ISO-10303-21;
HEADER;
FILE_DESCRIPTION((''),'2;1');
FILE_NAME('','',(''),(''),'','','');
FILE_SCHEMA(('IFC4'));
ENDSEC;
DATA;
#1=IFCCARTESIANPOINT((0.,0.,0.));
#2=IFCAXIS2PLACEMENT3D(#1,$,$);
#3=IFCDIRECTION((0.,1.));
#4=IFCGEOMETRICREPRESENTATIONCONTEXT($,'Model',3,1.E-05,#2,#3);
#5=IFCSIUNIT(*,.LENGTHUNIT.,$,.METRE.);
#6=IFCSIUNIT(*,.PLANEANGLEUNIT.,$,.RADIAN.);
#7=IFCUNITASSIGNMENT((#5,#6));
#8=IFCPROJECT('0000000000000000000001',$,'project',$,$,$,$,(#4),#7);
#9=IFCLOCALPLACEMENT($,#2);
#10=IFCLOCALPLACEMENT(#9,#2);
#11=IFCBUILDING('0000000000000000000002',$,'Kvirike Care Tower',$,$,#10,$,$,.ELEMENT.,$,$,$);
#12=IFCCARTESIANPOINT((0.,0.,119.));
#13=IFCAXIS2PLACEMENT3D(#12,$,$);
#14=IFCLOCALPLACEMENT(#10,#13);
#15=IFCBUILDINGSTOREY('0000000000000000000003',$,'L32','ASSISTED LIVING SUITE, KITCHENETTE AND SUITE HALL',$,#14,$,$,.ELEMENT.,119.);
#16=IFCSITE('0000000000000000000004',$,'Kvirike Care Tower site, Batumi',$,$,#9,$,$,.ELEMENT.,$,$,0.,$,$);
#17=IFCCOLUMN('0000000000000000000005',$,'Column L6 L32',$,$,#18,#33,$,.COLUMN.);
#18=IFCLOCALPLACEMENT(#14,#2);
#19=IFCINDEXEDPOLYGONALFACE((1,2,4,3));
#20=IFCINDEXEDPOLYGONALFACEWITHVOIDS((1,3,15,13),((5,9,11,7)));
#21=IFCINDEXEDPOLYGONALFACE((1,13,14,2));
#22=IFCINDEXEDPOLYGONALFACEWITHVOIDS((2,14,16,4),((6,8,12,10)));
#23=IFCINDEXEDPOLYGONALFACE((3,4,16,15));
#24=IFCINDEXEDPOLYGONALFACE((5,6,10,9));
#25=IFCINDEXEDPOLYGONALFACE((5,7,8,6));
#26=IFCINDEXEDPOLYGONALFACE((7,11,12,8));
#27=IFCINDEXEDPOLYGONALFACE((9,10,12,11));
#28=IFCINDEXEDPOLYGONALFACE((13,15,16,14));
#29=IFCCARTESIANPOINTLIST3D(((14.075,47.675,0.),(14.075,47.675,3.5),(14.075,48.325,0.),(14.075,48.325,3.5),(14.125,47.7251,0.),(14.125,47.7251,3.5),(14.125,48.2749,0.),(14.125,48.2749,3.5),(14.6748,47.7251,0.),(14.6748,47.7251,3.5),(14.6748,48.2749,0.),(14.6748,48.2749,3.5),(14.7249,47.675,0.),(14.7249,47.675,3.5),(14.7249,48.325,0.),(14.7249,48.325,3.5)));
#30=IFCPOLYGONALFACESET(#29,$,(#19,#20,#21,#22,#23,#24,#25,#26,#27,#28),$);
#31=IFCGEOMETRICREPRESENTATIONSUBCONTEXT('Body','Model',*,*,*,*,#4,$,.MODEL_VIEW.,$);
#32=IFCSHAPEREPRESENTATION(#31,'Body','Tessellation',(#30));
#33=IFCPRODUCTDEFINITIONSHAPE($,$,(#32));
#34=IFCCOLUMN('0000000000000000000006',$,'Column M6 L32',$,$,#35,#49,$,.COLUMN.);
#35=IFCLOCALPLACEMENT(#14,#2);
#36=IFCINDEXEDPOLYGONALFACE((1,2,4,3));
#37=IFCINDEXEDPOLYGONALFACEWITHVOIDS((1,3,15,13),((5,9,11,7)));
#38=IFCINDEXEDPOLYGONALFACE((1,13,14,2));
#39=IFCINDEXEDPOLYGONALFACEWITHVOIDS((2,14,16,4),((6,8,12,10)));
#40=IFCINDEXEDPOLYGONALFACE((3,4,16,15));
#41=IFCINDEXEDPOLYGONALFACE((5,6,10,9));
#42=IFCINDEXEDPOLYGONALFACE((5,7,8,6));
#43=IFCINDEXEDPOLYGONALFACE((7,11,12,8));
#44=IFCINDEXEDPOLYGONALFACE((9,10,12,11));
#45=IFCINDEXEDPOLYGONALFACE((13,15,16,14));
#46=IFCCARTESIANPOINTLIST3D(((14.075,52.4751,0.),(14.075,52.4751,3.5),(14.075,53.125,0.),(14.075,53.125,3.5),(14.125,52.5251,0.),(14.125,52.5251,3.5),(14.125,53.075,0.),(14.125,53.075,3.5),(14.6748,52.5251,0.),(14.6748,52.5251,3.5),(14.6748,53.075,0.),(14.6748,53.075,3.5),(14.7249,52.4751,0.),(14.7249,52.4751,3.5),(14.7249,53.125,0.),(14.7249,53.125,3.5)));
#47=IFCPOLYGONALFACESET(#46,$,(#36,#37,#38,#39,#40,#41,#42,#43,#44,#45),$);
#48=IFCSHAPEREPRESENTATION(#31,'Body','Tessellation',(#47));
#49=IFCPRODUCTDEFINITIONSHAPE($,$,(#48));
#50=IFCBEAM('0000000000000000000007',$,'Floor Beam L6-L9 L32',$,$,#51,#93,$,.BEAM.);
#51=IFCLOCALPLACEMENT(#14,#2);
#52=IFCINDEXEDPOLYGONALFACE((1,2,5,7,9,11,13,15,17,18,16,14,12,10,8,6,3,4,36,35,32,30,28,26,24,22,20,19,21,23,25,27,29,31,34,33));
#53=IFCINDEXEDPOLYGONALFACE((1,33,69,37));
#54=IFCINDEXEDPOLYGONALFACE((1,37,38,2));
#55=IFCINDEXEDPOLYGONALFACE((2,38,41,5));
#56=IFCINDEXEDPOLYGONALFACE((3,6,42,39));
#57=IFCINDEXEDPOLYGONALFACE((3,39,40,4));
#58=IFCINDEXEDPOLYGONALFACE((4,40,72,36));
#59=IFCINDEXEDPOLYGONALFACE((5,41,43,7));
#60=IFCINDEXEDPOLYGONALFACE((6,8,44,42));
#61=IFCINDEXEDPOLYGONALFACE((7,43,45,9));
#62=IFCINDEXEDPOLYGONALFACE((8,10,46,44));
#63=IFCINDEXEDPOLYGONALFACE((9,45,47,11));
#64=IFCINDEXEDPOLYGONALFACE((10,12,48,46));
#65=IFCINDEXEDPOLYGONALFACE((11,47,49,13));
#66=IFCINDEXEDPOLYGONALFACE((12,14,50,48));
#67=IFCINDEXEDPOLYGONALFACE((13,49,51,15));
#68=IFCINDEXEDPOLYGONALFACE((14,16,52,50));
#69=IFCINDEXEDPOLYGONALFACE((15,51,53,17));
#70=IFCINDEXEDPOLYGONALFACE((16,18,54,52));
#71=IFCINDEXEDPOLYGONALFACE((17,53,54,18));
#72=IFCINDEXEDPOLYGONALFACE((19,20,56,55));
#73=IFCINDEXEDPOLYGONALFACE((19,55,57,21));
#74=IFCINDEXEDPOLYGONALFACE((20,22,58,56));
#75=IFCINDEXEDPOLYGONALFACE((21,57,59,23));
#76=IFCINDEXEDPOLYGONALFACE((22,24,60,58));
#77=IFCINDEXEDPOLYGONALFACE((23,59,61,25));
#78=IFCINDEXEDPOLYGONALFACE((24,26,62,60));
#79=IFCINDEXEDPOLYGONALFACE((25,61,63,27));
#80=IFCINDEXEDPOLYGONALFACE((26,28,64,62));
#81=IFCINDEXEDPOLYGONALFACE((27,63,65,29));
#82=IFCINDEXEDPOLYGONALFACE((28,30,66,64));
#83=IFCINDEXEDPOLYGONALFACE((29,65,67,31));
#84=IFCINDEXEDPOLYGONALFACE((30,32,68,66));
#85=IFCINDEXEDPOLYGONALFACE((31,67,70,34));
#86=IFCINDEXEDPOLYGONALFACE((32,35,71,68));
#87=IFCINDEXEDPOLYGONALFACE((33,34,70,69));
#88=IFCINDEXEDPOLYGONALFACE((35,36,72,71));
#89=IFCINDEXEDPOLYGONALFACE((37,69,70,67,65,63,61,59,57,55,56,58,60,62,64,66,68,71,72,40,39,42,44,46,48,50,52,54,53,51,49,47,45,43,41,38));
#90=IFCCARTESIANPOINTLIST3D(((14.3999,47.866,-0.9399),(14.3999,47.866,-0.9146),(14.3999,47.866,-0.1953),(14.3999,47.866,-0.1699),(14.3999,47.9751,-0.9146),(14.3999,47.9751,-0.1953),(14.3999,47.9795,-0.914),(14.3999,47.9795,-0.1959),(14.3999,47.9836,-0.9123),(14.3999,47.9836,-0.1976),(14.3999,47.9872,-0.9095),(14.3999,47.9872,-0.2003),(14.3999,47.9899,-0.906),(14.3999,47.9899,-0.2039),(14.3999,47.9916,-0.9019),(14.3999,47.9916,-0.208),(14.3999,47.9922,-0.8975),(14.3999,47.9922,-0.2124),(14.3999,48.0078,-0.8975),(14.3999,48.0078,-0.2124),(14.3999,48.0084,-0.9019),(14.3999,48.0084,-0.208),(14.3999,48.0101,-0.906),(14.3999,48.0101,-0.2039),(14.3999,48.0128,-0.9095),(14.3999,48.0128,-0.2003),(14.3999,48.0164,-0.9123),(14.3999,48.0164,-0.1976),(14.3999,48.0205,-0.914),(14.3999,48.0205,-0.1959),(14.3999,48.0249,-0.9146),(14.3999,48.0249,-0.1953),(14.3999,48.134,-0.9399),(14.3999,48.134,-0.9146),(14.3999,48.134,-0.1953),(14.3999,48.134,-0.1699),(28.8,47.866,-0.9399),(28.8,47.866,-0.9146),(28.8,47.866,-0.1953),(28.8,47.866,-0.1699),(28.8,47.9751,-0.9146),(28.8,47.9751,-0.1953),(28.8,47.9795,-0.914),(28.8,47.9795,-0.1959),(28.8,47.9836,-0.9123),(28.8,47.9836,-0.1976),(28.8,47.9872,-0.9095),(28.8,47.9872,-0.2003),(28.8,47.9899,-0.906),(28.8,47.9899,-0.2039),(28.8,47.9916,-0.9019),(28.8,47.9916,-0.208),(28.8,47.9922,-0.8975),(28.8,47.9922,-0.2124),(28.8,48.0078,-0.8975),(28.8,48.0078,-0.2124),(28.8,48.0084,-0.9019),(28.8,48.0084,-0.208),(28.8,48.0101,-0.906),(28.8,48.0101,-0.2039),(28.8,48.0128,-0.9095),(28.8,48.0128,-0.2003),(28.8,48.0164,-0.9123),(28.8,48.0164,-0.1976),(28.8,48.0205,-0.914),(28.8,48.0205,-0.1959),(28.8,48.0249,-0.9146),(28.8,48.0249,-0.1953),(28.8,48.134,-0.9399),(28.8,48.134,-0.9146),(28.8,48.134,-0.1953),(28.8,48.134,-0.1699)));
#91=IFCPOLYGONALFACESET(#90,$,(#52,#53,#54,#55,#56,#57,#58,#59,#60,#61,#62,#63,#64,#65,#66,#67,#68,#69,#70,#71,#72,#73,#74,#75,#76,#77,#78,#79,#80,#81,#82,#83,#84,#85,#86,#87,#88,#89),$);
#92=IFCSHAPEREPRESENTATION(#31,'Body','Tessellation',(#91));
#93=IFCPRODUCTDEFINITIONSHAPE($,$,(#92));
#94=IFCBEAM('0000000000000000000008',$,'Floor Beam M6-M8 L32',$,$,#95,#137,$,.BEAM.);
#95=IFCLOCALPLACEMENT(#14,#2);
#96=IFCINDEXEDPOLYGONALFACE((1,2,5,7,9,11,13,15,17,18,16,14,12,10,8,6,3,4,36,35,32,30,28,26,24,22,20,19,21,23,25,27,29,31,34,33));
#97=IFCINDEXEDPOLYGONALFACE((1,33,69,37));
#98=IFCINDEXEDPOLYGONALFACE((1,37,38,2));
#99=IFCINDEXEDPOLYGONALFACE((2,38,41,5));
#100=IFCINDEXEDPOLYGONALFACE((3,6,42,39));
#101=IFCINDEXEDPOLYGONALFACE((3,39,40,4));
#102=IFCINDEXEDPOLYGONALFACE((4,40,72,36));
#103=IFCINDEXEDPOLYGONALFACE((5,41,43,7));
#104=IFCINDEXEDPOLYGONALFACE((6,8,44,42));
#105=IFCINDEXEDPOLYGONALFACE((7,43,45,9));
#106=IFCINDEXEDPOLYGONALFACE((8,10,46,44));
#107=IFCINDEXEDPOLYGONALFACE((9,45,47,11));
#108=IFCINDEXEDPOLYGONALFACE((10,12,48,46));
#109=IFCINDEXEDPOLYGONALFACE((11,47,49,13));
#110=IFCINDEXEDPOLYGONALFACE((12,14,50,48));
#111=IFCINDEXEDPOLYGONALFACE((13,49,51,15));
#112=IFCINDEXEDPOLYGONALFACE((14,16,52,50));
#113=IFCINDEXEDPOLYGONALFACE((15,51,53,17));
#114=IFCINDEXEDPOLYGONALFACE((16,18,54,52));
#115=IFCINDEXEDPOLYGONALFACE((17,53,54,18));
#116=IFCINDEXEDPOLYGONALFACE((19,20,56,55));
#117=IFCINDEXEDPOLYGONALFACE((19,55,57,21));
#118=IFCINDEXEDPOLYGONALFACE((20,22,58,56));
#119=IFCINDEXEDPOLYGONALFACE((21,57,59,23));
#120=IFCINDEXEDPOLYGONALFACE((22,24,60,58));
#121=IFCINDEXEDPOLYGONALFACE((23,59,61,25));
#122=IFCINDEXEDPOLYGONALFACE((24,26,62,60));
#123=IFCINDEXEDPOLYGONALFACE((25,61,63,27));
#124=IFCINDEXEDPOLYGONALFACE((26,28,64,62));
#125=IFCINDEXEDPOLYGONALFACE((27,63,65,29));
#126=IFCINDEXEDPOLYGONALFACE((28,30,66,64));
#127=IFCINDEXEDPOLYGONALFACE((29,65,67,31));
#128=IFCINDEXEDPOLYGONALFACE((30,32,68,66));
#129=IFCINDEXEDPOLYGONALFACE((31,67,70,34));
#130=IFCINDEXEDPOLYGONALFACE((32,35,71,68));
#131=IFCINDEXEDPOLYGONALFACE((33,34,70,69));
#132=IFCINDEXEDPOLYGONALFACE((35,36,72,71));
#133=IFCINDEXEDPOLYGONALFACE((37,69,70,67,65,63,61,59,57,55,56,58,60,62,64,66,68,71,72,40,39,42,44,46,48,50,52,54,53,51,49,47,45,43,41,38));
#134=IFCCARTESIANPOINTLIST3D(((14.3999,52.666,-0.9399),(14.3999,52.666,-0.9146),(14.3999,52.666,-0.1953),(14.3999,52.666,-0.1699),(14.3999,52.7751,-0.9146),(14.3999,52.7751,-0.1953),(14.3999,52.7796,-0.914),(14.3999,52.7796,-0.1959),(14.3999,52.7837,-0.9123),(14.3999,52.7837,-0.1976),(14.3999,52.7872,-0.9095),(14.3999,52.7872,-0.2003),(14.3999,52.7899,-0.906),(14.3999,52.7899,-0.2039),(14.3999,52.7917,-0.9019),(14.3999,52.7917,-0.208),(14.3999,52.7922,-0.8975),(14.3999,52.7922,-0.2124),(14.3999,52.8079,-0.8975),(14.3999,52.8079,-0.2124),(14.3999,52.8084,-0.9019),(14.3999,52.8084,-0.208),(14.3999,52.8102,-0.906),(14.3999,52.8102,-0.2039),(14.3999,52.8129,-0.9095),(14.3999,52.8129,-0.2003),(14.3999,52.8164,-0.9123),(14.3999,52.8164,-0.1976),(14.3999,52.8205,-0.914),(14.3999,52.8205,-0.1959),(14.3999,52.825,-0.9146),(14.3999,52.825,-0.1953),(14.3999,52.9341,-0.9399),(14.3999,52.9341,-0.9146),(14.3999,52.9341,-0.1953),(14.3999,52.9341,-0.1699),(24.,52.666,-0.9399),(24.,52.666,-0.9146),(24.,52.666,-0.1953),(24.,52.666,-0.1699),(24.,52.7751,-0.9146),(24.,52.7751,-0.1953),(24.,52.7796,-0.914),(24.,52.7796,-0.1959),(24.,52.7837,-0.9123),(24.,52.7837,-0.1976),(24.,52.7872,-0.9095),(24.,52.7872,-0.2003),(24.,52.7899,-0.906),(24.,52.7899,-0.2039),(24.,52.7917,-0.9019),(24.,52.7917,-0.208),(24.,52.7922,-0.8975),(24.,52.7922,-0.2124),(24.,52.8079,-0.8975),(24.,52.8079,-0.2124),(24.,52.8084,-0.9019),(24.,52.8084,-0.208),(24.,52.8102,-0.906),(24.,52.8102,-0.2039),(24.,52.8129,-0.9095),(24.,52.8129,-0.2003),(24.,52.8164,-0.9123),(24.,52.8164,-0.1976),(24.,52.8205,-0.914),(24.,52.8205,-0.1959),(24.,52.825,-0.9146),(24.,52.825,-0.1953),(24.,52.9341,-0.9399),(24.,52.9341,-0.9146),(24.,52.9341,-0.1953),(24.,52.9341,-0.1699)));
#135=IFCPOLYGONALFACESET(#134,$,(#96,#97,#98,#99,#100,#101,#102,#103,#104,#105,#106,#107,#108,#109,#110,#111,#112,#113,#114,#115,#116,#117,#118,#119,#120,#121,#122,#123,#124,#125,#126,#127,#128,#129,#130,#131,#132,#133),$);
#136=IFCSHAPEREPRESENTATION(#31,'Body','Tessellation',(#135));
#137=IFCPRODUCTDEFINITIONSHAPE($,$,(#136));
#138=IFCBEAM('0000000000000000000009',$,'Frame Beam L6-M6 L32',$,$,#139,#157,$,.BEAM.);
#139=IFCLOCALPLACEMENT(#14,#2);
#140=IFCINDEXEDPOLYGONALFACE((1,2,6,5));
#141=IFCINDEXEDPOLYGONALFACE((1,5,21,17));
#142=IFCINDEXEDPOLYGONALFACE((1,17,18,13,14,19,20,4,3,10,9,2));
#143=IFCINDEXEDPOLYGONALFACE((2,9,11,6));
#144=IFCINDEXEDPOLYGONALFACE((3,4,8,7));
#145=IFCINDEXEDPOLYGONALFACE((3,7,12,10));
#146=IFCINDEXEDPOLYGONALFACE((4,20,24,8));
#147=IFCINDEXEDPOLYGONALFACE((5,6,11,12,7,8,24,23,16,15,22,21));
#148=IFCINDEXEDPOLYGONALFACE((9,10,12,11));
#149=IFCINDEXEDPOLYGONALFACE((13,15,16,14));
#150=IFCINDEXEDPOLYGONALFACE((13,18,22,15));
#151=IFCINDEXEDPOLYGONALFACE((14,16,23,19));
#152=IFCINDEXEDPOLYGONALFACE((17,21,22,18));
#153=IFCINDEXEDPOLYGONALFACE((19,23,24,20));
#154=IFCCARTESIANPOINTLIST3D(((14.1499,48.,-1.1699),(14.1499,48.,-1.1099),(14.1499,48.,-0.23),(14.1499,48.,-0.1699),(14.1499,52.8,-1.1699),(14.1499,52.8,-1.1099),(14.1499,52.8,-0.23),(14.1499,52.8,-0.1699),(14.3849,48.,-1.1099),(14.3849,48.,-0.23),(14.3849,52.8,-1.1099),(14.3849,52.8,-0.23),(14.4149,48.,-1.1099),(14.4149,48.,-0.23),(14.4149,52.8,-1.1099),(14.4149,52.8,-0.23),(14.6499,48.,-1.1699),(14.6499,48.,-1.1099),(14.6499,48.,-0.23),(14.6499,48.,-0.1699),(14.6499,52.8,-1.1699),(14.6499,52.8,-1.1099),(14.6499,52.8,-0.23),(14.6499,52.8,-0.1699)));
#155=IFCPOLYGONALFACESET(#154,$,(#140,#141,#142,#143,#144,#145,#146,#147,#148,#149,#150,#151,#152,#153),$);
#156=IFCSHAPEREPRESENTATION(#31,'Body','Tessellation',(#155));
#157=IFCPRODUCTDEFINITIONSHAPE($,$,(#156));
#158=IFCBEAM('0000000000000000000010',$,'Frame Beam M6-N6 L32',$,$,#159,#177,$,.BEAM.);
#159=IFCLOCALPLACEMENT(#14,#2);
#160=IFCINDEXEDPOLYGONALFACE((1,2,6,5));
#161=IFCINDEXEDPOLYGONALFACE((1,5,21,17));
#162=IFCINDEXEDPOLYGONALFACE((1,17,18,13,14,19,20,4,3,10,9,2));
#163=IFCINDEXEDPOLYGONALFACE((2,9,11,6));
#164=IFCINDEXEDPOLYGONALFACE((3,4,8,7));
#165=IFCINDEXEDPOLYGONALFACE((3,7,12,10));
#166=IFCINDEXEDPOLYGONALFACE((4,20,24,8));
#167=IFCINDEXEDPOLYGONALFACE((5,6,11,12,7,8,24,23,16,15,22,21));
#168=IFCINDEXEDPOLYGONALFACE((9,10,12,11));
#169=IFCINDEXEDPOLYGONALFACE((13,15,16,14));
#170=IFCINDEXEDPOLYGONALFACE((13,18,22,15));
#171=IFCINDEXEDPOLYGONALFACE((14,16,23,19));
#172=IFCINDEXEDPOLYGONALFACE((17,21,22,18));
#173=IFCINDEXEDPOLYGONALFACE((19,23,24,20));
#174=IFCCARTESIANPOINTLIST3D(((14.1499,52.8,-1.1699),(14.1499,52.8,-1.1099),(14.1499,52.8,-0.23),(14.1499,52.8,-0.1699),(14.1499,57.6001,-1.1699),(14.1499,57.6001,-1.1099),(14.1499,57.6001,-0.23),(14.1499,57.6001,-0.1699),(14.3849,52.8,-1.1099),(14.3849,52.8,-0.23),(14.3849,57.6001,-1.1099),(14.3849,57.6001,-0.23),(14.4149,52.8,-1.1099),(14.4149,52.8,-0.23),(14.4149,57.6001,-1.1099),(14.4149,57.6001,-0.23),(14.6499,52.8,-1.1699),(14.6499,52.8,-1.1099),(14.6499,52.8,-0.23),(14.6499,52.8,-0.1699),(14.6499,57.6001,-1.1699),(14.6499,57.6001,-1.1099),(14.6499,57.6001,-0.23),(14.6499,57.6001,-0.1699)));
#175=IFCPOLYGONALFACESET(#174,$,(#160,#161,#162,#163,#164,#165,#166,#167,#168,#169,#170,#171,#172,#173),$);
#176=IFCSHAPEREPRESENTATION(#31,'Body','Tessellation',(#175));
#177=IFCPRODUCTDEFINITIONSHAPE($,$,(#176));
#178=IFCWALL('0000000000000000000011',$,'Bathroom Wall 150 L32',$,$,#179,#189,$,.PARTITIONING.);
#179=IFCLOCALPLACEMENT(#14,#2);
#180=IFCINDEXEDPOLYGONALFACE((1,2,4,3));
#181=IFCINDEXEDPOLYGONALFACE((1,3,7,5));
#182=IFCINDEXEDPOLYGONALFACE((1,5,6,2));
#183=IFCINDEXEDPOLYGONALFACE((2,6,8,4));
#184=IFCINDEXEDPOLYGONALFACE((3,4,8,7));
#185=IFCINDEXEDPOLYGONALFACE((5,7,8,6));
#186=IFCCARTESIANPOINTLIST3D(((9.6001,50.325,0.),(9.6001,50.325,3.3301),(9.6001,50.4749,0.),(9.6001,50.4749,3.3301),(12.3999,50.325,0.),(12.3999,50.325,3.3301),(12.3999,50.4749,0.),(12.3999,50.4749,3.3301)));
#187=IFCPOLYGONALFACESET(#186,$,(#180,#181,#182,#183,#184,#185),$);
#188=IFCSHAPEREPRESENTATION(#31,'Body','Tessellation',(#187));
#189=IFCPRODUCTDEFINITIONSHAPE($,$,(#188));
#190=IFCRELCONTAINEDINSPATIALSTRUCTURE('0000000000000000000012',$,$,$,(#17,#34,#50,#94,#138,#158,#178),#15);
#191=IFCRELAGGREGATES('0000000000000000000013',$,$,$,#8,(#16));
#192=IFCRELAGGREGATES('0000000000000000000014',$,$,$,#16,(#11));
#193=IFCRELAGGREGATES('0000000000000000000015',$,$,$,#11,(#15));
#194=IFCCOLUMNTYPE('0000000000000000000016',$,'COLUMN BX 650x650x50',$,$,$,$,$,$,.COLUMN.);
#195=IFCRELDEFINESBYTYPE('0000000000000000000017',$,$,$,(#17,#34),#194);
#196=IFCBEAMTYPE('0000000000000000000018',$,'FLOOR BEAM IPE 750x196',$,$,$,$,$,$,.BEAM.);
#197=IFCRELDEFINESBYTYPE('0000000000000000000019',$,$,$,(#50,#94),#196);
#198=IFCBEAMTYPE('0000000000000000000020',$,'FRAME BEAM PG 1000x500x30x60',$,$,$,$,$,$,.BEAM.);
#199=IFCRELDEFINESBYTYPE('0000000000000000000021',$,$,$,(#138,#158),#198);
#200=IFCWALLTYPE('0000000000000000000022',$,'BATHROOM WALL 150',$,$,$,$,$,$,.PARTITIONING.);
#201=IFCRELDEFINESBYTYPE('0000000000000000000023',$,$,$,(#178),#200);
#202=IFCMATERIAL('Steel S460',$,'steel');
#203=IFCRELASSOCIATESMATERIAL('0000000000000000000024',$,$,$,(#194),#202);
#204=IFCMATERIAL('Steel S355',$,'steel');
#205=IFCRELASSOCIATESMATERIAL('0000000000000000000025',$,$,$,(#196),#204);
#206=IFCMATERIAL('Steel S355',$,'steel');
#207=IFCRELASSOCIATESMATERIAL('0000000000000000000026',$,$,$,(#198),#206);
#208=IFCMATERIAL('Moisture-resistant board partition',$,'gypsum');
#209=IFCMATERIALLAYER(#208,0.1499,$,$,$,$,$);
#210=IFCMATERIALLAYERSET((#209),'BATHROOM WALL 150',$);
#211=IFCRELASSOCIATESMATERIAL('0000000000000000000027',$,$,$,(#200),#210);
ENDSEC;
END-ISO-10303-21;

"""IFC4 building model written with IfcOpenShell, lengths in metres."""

from ifc_helpers import new_model, si_unit, direction, frame, frame_2d, origin, origin_2d, place, context, subcontext, project, spatial, rectangle, hollow_rectangle, i_section, extrude, material, layer, layer_set, material_profile, profile_set, type_object, element, save


model = new_model("IFC4")

# Units and contexts
model_context = context("Model", 3, precision=1e-05, world=origin(), true_north=direction((0.0, 1.0)))
body_context = subcontext(model_context, "Body", "Model", "MODEL_VIEW")
ifc_project = project(units=[si_unit("LENGTHUNIT", "METRE"), si_unit("PLANEANGLEUNIT", "RADIAN")], contexts=[model_context])

# Site, building, storey
site_placement = place(None, origin())
site = spatial("IfcSite", under=ifc_project, at=site_placement, Name="Kvirike Care Tower site, Batumi", CompositionType="ELEMENT", RefElevation=0.0)
building_placement = place(site_placement, origin())
building = spatial("IfcBuilding", under=site, at=building_placement, Name="Kvirike Care Tower", CompositionType="ELEMENT")
storey_placement = place(building_placement, frame((0.0, 0.0, 119.0)))
storey = spatial("IfcBuildingStorey", under=building, at=storey_placement, Name="L32", Description="ASSISTED LIVING SUITE, KITCHENETTE AND SUITE HALL", CompositionType="ELEMENT", Elevation=119.0)

# Columns
ifc_material_1 = material(Name="Steel S460", Category="steel")
ifc_material_profile_1 = material_profile(ifc_material_1, hollow_rectangle(XDim=0.6499, YDim=0.6499, WallThickness=0.05, at=origin_2d()), Name="BX 650x650x50")
ifc_profile_set_1 = profile_set([ifc_material_profile_1], Name="Steel S460")
column_type = type_object("IfcColumnType", Name="COLUMN BX 650x650x50", PredefinedType="COLUMN", material=ifc_profile_set_1)
for number, where, z_axis, x_axis, name in (
    (1, (14.3999, 48.0, 0.0), (0.0, 0.0, 1.0), (1.0, 0.0, 0.0), "Column L6 L32"),
    (2, (14.3999, 52.8, 0.0), (0.0, 0.0, 1.0), (1.0, 0.0, 0.0), "Column M6 L32"),
):
    element("IfcColumn", number, at=place(storey_placement, frame(where, z_axis=z_axis, x_axis=x_axis)), inside=storey, type_object=column_type, Name=name, PredefinedType="COLUMN", context=body_context, shape_type="SweptSolid", body=[
        extrude(hollow_rectangle(XDim=0.6499, YDim=0.6499, WallThickness=0.05, at=origin_2d()), origin(), (0.0, 0.0, 1.0), 3.5),
    ])

# Beams
ifc_material_2 = material(Name="Steel S355", Category="steel")
ifc_material_profile_2 = material_profile(ifc_material_2, i_section(OverallWidth=0.2681, OverallDepth=0.77, WebThickness=0.0156, FlangeThickness=0.0254, FilletRadius=0.0171, at=origin_2d()), Name="IPE 750x196")
ifc_profile_set_2 = profile_set([ifc_material_profile_2], Name="Steel S355")
beam_type_1 = type_object("IfcBeamType", Name="FLOOR BEAM IPE 750x196", PredefinedType="BEAM", material=ifc_profile_set_2)
beam_1_placement = place(storey_placement, frame((14.3999, 48.0, -0.5549), z_axis=(1.0, 0.0, 0.0), x_axis=(0.0, 1.0, 0.0)))
element("IfcBeam", 3, at=beam_1_placement, inside=storey, type_object=beam_type_1, Name="Floor Beam L6-L9 L32", PredefinedType="BEAM", context=body_context, shape_type="SweptSolid", body=[
    extrude(i_section(OverallWidth=0.2681, OverallDepth=0.77, WebThickness=0.0156, FlangeThickness=0.0254, FilletRadius=0.0171, at=origin_2d()), origin(), (0.0, 0.0, 1.0), 14.4001),
])
beam_2_placement = place(storey_placement, frame((14.3999, 52.8, -0.5549), z_axis=(1.0, 0.0, 0.0), x_axis=(0.0, 1.0, 0.0)))
element("IfcBeam", 4, at=beam_2_placement, inside=storey, type_object=beam_type_1, Name="Floor Beam M6-M8 L32", PredefinedType="BEAM", context=body_context, shape_type="SweptSolid", body=[
    extrude(i_section(OverallWidth=0.2681, OverallDepth=0.77, WebThickness=0.0156, FlangeThickness=0.0254, FilletRadius=0.0171, at=origin_2d()), origin(), (0.0, 0.0, 1.0), 9.6001),
])
ifc_material_3 = material(Name="Steel S355", Category="steel")
ifc_material_profile_3 = material_profile(ifc_material_3, i_section(OverallWidth=0.5, OverallDepth=1.0, WebThickness=0.03, FlangeThickness=0.0601, at=origin_2d()), Name="PG 1000x500x30x60")
ifc_profile_set_3 = profile_set([ifc_material_profile_3], Name="Steel S355")
beam_type_2 = type_object("IfcBeamType", Name="FRAME BEAM PG 1000x500x30x60", PredefinedType="BEAM", material=ifc_profile_set_3)
for number, where, z_axis, x_axis, name in (
    (5, (14.3999, 48.0, -0.6699), (0.0, 1.0, 0.0), (-1.0, 0.0, 0.0), "Frame Beam L6-M6 L32"),
    (6, (14.3999, 52.8, -0.6699), (0.0, 1.0, 0.0), (-1.0, 0.0, 0.0), "Frame Beam M6-N6 L32"),
):
    element("IfcBeam", number, at=place(storey_placement, frame(where, z_axis=z_axis, x_axis=x_axis)), inside=storey, type_object=beam_type_2, Name=name, PredefinedType="BEAM", context=body_context, shape_type="SweptSolid", body=[
        extrude(i_section(OverallWidth=0.5, OverallDepth=1.0, WebThickness=0.03, FlangeThickness=0.0601, at=origin_2d()), origin(), (0.0, 0.0, 1.0), 4.8),
    ])

# Wall
ifc_material_4 = material(Name="Moisture-resistant board partition", Category="gypsum")
ifc_layer_1 = layer(ifc_material_4, 0.1499)
ifc_layer_set_1 = layer_set([ifc_layer_1], Name="BATHROOM WALL 150")
wall_type_1 = type_object("IfcWallType", Name="BATHROOM WALL 150", PredefinedType="PARTITIONING", material=ifc_layer_set_1)
wall_1_placement = place(storey_placement, frame((12.3999, 50.3999, 0.0), z_axis=(0.0, 0.0, 1.0), x_axis=(-1.0, 0.0, 0.0)))
element("IfcWall", 7, at=wall_1_placement, inside=storey, type_object=wall_type_1, Name="Bathroom Wall 150 L32", PredefinedType="PARTITIONING", context=body_context, shape_type="SweptSolid", body=[
    extrude(rectangle(XDim=2.7998, YDim=0.1499, at=frame_2d((1.3999, 0.0))), origin(), (0.0, 0.0, 1.0), 3.3301),
])

save(model, "model.ifc")
